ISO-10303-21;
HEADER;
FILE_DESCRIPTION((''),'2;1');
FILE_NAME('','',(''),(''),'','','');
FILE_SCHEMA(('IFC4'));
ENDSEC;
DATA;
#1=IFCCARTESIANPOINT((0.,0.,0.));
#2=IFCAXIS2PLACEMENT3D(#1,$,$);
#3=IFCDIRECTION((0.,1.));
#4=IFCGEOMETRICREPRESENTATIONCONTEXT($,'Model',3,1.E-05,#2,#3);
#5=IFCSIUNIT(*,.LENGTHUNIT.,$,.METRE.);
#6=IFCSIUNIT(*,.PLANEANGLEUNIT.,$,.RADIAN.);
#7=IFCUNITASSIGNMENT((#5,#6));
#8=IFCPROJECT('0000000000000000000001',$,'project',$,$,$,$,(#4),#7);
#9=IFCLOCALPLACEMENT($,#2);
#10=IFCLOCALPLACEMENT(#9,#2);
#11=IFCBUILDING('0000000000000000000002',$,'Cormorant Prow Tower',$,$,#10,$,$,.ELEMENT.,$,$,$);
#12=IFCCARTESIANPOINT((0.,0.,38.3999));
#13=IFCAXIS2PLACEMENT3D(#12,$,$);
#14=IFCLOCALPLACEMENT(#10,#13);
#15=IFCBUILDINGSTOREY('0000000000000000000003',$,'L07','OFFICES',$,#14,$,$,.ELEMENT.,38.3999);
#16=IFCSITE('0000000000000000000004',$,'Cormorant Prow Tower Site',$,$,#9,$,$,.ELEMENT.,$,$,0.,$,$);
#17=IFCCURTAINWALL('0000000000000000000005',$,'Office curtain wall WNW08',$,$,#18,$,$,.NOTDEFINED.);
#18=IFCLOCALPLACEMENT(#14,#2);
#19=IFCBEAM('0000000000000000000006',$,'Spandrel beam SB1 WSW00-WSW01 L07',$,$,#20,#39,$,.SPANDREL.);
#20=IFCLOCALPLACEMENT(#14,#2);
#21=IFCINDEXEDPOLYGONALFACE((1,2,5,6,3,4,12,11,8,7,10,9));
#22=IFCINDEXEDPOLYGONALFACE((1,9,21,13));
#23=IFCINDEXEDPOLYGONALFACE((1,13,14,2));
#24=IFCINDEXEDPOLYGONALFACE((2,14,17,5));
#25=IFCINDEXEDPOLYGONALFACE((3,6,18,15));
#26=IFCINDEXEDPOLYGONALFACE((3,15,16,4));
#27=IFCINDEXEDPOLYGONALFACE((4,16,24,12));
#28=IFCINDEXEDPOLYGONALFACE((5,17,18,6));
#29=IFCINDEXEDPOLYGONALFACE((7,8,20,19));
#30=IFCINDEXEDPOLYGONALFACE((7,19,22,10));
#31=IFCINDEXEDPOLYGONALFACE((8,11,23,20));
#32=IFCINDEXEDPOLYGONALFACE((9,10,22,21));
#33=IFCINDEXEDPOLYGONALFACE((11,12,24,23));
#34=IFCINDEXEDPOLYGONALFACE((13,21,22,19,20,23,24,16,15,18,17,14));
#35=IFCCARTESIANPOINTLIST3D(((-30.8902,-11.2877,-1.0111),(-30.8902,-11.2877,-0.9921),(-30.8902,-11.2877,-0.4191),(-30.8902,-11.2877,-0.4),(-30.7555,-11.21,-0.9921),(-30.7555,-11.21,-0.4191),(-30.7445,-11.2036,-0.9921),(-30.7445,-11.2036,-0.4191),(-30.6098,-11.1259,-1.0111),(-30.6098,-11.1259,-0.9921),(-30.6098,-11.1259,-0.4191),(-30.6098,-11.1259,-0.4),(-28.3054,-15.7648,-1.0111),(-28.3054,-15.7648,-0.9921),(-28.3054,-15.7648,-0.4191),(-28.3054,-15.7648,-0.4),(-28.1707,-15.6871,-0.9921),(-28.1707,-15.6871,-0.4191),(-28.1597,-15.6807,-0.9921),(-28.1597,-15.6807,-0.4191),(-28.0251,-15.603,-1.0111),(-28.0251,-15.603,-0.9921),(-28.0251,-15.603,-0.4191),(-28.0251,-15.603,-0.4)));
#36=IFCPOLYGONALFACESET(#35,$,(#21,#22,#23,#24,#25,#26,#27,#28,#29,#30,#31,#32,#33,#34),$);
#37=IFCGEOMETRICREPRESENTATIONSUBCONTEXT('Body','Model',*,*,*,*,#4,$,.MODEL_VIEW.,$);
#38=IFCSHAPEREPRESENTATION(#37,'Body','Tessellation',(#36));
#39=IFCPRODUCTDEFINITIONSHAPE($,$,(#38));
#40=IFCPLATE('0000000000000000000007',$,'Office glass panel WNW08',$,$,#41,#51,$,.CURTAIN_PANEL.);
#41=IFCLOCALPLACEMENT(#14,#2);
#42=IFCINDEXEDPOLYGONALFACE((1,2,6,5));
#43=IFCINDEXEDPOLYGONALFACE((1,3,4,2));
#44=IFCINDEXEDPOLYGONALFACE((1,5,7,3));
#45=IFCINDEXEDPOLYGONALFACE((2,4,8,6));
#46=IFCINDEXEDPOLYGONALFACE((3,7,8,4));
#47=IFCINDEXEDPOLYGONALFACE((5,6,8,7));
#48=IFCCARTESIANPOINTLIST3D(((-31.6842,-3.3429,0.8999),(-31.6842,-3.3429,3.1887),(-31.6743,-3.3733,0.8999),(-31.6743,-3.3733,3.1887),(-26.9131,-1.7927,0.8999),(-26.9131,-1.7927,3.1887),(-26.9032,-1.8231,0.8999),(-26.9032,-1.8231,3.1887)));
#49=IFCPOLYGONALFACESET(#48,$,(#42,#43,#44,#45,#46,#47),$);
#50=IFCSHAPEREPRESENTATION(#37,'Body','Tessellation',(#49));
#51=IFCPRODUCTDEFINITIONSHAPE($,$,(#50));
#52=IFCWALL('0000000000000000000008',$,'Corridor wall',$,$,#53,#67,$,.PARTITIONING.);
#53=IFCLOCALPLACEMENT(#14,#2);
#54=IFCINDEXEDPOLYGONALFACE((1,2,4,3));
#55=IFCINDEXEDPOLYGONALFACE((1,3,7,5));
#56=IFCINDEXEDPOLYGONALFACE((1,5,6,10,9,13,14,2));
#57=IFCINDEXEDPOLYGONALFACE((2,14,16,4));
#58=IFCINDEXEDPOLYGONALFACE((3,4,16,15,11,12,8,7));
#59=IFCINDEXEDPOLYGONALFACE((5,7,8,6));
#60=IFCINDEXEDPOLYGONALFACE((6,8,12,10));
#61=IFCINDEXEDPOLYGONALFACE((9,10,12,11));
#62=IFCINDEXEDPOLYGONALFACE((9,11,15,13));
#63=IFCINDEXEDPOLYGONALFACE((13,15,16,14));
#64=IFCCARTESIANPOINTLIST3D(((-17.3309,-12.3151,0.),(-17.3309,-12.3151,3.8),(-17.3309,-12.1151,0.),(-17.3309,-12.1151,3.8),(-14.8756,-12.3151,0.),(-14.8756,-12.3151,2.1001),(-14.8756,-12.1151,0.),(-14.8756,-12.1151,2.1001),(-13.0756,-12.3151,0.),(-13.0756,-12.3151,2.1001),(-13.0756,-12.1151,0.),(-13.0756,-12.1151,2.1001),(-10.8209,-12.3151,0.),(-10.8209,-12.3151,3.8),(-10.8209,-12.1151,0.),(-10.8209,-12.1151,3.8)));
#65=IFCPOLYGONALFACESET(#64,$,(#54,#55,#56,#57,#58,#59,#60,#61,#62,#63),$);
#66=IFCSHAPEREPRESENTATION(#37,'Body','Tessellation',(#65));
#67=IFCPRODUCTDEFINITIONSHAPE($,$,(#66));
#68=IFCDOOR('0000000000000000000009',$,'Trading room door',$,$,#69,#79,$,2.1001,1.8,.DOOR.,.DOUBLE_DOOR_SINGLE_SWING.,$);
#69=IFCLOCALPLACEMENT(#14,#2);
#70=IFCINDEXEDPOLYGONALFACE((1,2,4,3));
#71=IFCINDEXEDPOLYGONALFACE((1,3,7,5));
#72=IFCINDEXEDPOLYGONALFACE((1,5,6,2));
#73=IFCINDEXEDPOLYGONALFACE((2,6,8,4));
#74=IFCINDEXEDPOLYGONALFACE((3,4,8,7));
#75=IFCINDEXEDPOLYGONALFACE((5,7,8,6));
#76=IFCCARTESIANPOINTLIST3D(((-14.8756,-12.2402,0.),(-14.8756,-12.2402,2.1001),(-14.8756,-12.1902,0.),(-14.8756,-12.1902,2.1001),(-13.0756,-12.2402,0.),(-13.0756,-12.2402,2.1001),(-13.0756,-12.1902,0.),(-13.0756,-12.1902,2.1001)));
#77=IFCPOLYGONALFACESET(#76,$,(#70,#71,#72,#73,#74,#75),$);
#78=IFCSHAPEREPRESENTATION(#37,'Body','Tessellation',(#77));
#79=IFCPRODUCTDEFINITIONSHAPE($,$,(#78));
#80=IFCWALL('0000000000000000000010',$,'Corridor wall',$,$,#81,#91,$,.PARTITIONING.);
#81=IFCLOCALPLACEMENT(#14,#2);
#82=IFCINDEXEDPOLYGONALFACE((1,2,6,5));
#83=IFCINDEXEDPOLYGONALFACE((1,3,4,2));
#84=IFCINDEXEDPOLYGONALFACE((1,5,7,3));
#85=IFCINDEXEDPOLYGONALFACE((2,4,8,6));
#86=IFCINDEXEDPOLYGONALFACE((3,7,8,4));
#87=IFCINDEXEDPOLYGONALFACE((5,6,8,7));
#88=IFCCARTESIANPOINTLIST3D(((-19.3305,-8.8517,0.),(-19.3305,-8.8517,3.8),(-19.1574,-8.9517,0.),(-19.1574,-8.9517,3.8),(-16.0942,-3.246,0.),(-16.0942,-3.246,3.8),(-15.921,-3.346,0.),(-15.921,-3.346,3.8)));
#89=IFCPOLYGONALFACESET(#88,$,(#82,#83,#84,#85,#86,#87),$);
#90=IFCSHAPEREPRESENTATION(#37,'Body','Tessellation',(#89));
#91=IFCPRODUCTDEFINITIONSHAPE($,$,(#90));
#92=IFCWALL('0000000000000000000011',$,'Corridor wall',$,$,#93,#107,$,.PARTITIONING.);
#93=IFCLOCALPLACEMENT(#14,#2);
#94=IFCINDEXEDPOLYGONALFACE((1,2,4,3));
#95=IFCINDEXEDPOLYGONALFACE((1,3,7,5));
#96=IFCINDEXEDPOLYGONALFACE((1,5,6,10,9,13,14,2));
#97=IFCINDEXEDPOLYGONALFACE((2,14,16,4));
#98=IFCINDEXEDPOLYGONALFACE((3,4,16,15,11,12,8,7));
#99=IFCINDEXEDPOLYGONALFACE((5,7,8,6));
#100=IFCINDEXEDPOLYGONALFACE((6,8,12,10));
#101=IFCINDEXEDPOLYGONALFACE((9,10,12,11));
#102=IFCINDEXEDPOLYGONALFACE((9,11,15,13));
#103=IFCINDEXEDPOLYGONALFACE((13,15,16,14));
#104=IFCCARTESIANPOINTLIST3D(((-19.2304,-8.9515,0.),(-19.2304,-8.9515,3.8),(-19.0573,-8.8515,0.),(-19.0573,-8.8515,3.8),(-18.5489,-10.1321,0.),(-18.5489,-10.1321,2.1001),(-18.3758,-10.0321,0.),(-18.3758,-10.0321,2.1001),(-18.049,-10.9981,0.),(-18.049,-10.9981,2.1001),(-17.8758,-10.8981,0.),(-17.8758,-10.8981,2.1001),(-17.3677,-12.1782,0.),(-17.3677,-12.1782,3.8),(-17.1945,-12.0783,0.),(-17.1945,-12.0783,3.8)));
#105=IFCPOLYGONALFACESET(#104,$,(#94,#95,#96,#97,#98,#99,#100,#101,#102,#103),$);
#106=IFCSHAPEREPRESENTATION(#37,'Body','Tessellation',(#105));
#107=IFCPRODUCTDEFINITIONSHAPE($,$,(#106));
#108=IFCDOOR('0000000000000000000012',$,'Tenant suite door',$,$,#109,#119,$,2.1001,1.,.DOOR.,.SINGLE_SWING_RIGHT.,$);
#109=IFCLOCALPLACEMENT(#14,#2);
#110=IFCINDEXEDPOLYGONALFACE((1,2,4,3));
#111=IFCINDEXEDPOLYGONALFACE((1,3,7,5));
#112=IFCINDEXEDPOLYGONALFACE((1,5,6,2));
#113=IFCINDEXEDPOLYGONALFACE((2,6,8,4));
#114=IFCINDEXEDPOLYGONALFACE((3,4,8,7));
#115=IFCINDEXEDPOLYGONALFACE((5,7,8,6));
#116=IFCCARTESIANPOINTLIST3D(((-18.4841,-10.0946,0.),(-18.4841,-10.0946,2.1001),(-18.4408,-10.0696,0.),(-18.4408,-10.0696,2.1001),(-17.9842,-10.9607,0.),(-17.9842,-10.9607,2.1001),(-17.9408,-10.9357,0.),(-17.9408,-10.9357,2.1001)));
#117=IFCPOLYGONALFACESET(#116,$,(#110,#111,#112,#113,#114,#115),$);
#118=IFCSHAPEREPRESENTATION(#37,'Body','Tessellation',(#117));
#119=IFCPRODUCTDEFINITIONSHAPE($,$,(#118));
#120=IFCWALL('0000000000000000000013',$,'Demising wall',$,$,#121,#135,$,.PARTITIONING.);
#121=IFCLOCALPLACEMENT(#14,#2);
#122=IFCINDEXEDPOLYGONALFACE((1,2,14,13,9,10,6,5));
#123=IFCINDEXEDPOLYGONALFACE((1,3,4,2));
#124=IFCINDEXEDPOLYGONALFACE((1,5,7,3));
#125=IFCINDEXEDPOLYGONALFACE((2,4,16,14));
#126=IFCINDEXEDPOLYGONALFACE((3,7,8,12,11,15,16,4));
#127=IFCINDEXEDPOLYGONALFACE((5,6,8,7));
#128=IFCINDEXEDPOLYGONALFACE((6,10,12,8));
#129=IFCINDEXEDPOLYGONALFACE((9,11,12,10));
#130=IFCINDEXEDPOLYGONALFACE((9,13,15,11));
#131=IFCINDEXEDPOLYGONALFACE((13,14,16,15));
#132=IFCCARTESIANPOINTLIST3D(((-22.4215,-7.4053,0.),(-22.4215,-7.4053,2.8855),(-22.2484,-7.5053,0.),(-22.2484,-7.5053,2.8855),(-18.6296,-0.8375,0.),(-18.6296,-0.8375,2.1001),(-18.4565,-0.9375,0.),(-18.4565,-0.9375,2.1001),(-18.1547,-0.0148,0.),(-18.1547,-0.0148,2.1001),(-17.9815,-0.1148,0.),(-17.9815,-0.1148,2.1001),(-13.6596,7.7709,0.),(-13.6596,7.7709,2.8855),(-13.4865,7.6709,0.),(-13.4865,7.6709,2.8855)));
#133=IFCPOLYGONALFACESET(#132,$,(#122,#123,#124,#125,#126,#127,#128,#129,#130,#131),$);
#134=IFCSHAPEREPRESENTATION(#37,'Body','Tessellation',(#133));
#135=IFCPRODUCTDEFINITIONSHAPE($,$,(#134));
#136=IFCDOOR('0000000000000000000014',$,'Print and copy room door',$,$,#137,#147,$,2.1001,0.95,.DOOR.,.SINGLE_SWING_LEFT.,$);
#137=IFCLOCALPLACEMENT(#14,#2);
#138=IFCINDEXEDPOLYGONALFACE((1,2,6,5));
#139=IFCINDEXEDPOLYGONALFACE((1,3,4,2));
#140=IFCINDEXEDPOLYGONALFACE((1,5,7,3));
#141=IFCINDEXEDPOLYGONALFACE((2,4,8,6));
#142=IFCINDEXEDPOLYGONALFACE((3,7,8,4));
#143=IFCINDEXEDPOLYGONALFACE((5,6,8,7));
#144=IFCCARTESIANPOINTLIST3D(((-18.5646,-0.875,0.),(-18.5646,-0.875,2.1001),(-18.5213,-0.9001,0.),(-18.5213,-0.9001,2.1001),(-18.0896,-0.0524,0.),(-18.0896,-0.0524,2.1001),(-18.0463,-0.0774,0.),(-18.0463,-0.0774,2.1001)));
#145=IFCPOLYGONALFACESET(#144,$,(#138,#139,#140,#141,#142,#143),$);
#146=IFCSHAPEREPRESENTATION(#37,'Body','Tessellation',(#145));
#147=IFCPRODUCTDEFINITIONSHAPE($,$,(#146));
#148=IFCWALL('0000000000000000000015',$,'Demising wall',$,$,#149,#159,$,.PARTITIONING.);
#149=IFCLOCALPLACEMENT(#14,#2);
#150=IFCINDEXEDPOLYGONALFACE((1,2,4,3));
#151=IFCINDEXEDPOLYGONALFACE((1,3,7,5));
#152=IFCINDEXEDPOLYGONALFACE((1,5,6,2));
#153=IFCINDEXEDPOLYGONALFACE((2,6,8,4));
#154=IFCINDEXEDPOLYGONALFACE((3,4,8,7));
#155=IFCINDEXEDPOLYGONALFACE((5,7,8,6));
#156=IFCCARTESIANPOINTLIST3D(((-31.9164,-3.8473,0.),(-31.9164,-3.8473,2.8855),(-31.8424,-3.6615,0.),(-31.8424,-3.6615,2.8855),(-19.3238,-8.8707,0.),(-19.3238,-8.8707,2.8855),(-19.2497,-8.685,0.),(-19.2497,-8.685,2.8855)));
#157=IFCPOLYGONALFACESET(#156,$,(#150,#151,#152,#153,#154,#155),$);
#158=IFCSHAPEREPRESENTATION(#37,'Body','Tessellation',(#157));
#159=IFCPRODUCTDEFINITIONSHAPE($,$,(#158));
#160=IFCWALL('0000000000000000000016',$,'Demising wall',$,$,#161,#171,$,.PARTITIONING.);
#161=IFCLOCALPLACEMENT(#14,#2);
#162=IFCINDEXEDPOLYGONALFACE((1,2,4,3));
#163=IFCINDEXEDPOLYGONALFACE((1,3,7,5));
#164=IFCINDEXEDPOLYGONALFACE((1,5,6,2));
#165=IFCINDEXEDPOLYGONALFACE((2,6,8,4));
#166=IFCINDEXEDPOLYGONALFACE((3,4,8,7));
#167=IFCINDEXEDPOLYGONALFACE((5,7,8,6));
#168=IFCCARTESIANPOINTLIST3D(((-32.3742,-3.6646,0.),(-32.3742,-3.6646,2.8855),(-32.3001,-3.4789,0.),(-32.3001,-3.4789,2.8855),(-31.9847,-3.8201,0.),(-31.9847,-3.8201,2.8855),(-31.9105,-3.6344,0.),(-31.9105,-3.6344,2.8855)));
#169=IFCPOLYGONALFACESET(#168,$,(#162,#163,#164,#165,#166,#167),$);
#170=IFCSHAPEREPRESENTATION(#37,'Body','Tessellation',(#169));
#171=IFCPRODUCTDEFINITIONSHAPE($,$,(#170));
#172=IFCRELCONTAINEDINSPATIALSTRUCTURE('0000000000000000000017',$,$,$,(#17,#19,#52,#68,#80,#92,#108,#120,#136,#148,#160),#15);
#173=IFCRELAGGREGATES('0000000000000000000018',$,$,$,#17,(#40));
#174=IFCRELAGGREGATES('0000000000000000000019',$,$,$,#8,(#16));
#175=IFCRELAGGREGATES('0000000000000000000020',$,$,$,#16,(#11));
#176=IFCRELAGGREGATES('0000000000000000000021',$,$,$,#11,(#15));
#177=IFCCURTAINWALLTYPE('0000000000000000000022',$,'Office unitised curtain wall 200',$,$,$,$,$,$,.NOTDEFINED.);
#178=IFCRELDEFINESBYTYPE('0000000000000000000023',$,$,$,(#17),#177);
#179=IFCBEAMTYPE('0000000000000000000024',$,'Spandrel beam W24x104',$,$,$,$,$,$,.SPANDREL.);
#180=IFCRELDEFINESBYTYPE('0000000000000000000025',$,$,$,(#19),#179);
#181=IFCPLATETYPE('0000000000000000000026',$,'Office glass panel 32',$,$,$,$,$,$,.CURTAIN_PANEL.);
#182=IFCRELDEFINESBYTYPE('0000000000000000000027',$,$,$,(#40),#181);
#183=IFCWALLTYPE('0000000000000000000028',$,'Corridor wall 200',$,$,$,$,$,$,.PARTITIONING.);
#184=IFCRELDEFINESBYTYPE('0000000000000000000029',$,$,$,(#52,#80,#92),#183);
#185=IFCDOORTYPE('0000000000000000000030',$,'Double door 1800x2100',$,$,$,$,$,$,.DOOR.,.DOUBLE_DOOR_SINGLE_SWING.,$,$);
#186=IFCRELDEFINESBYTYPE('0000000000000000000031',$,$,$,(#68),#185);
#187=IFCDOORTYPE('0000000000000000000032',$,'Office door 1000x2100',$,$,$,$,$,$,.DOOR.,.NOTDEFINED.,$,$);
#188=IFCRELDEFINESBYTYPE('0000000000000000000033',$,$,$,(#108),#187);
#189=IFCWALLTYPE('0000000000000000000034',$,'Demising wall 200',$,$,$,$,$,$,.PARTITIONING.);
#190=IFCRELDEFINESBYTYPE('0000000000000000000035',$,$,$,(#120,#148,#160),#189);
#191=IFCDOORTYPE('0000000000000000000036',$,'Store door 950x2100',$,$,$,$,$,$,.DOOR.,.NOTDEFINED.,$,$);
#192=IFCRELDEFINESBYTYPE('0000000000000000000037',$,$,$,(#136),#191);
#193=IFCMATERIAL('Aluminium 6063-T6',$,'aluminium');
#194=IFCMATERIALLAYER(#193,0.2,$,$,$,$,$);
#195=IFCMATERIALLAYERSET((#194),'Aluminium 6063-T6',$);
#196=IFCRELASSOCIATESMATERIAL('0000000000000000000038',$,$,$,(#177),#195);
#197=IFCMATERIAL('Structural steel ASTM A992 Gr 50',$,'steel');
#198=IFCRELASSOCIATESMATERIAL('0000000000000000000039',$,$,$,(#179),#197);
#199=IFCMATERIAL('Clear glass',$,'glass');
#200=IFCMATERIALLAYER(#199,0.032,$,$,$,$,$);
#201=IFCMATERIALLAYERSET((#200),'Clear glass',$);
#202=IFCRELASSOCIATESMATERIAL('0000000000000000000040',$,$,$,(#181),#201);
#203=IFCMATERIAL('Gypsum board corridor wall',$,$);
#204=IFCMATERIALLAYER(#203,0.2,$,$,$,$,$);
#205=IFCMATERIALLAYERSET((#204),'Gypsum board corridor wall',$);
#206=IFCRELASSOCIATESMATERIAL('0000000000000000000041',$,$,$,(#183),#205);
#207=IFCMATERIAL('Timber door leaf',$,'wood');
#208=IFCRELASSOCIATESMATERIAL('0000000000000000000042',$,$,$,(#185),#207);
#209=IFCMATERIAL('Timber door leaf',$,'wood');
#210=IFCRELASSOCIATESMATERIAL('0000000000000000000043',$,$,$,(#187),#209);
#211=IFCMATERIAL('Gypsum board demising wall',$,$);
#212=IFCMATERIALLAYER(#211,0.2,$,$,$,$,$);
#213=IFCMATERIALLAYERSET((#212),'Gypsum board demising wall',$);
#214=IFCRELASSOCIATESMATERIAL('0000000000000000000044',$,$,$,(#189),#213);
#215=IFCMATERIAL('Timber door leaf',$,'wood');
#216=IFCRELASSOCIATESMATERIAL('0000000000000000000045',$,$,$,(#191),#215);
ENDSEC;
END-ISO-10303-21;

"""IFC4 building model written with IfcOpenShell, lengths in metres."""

from ifc_helpers import new_model, si_unit, direction, frame, frame_2d, origin, origin_2d, place, context, subcontext, project, spatial, rectangle, i_section, extrude, material, layer, layer_set, material_profile, profile_set, type_object, element, fill, aggregate, save


model = new_model("IFC4")

# Units and contexts
model_context = context("Model", 3, precision=1e-05, world=origin(), true_north=direction((0.0, 1.0)))
body_context = subcontext(model_context, "Body", "Model", "MODEL_VIEW")
ifc_project = project(units=[si_unit("LENGTHUNIT", "METRE"), si_unit("PLANEANGLEUNIT", "RADIAN")], contexts=[model_context])

# Site, building, storey
site_placement = place(None, origin())
site = spatial("IfcSite", under=ifc_project, at=site_placement, Name="Cormorant Prow Tower Site", CompositionType="ELEMENT", RefElevation=0.0)
building_placement = place(site_placement, origin())
building = spatial("IfcBuilding", under=site, at=building_placement, Name="Cormorant Prow Tower", CompositionType="ELEMENT")
storey_placement = place(building_placement, frame((0.0, 0.0, 38.3999)))
storey = spatial("IfcBuildingStorey", under=building, at=storey_placement, Name="L07", Description="OFFICES", CompositionType="ELEMENT", Elevation=38.3999)

# Curtain wall
ifc_material_1 = material(Name="Aluminium 6063-T6", Category="aluminium")
ifc_layer_1 = layer(ifc_material_1, 0.2)
ifc_layer_set_1 = layer_set([ifc_layer_1], Name="Aluminium 6063-T6")
curtain_wall_type = type_object("IfcCurtainWallType", Name="Office unitised curtain wall 200", PredefinedType="NOTDEFINED", material=ifc_layer_set_1)
curtain_wall_placement = place(storey_placement, origin())
curtain_wall = element("IfcCurtainWall", 1, at=curtain_wall_placement, inside=storey, type_object=curtain_wall_type, Name="Office curtain wall WNW08", PredefinedType="NOTDEFINED")

# Beam
ifc_material_2 = material(Name="Structural steel ASTM A992 Gr 50", Category="steel")
ifc_material_profile_1 = material_profile(ifc_material_2, i_section(OverallWidth=0.3237, OverallDepth=0.6111, WebThickness=0.0127, FlangeThickness=0.019, at=origin_2d()), Name="W24x104")
ifc_profile_set_1 = profile_set([ifc_material_profile_1], Name="Structural steel ASTM A992 Gr 50")
beam_type_1 = type_object("IfcBeamType", Name="Spandrel beam W24x104", PredefinedType="SPANDREL", material=ifc_profile_set_1)
beam_1_placement = place(storey_placement, frame((-30.75, -11.2068, -0.7056), z_axis=(0.499984, -0.866035, 0.0), x_axis=(0.866035, 0.499984, 0.0)))
element("IfcBeam", 2, at=beam_1_placement, inside=storey, type_object=beam_type_1, Name="Spandrel beam SB1 WSW00-WSW01 L07", PredefinedType="SPANDREL", context=body_context, shape_type="SweptSolid", body=[
    extrude(i_section(OverallWidth=0.3237, OverallDepth=0.6111, WebThickness=0.0127, FlangeThickness=0.019, at=origin_2d()), origin(), (0.0, 0.0, 1.0), 5.1697),
])

# Plate
ifc_material_3 = material(Name="Clear glass", Category="glass")
ifc_layer_2 = layer(ifc_material_3, 0.032)
ifc_layer_set_2 = layer_set([ifc_layer_2], Name="Clear glass")
plate_type = type_object("IfcPlateType", Name="Office glass panel 32", PredefinedType="CURTAIN_PANEL", material=ifc_layer_set_2)
plate_placement = place(storey_placement, frame((-29.2937, -2.583, 0.8999), z_axis=(0.0, 0.0, 1.0), x_axis=(-0.951057, -0.309017, 0.0)))
plate = element("IfcPlate", 3, at=plate_placement, type_object=plate_type, Name="Office glass panel WNW08", PredefinedType="CURTAIN_PANEL", context=body_context, shape_type="SweptSolid", body=[
    extrude(rectangle(XDim=5.0166, YDim=0.032, at=origin_2d()), origin(), (0.0, 0.0, 1.0), 2.2888),
])
aggregate(curtain_wall, [plate])

# Wall, opening, door
ifc_material_4 = material(Name="Gypsum board corridor wall")
ifc_layer_3 = layer(ifc_material_4, 0.2)
ifc_layer_set_3 = layer_set([ifc_layer_3], Name="Gypsum board corridor wall")
wall_type_1 = type_object("IfcWallType", Name="Corridor wall 200", PredefinedType="PARTITIONING", material=ifc_layer_set_3)
wall_1_placement = place(storey_placement, frame((-17.3308, -12.2151, 0.0), z_axis=(0.0, 0.0, 1.0), x_axis=(1.0, 0.0, 0.0)))
wall_1 = element("IfcWall", 4, at=wall_1_placement, inside=storey, type_object=wall_type_1, Name="Corridor wall", PredefinedType="PARTITIONING", context=body_context, shape_type="SweptSolid", body=[
    extrude(rectangle(XDim=6.51, YDim=0.2, at=frame_2d((3.2549, 0.0))), origin(), (0.0, 0.0, 1.0), 3.8),
])
opening_1_placement = place(wall_1_placement, frame((2.4553, 0.0, 0.0)))
opening_1 = element("IfcOpeningElement", 5, at=opening_1_placement, cuts=wall_1, PredefinedType="OPENING", context=body_context, shape_type="SweptSolid", body=[
    extrude(rectangle(XDim=1.8, YDim=2.1001, at=frame_2d((0.8999, 1.05))), frame((0.0, 0.1099, 0.0), z_axis=(0.0, -1.0, 0.0), x_axis=(1.0, 0.0, 0.0)), (0.0, 0.0, 1.0), 0.22),
])
ifc_material_5 = material(Name="Timber door leaf", Category="wood")
door_type_1 = type_object("IfcDoorType", Name="Double door 1800x2100", OperationType="DOUBLE_DOOR_SINGLE_SWING", PredefinedType="DOOR", material=ifc_material_5)
door_1_placement = place(opening_1_placement, origin())
door_1 = element("IfcDoor", 6, at=door_1_placement, inside=storey, type_object=door_type_1, Name="Trading room door", OperationType="DOUBLE_DOOR_SINGLE_SWING", OverallHeight=2.1001, OverallWidth=1.8, PredefinedType="DOOR", context=body_context, shape_type="SweptSolid", body=[
    extrude(rectangle(XDim=1.8, YDim=2.1001, at=frame_2d((0.8999, 1.05))), frame((0.0, 0.0249, 0.0), z_axis=(0.0, -1.0, 0.0), x_axis=(1.0, 0.0, 0.0)), (0.0, 0.0, 1.0), 0.05),
])
fill(opening_1, door_1)

# Wall
wall_2_placement = place(storey_placement, frame((-19.2439, -8.9016, 0.0), z_axis=(0.0, 0.0, 1.0), x_axis=(0.499985, 0.866034, 0.0)))
element("IfcWall", 7, at=wall_2_placement, inside=storey, type_object=wall_type_1, Name="Corridor wall", PredefinedType="PARTITIONING", context=body_context, shape_type="SweptSolid", body=[
    extrude(rectangle(XDim=6.4729, YDim=0.2, at=frame_2d((3.2363, 0.0))), origin(), (0.0, 0.0, 1.0), 3.8),
])

# Walls, openings, doors
wall_3_placement = place(storey_placement, frame((-19.1438, -8.9016, 0.0), z_axis=(0.0, 0.0, 1.0), x_axis=(0.499959, -0.866049, 0.0)))
wall_3 = element("IfcWall", 8, at=wall_3_placement, inside=storey, type_object=wall_type_1, Name="Corridor wall", PredefinedType="PARTITIONING", context=body_context, shape_type="SweptSolid", body=[
    extrude(rectangle(XDim=3.7258, YDim=0.2, at=frame_2d((1.8628, 0.0))), origin(), (0.0, 0.0, 1.0), 3.8),
])
opening_2_placement = place(wall_3_placement, frame((1.363, 0.0, 0.0)))
opening_2 = element("IfcOpeningElement", 9, at=opening_2_placement, cuts=wall_3, PredefinedType="OPENING", context=body_context, shape_type="SweptSolid", body=[
    extrude(rectangle(XDim=1.0, YDim=2.1001, at=frame_2d((0.5, 1.05))), frame((0.0, 0.1099, 0.0), z_axis=(0.0, -1.0, 0.0), x_axis=(1.0, 0.0, 0.0)), (0.0, 0.0, 1.0), 0.22),
])
ifc_material_6 = material(Name="Timber door leaf", Category="wood")
door_type_2 = type_object("IfcDoorType", Name="Office door 1000x2100", OperationType="NOTDEFINED", PredefinedType="DOOR", material=ifc_material_6)
door_2_placement = place(opening_2_placement, origin())
door_2 = element("IfcDoor", 10, at=door_2_placement, inside=storey, type_object=door_type_2, Name="Tenant suite door", OperationType="SINGLE_SWING_RIGHT", OverallHeight=2.1001, OverallWidth=1.0, PredefinedType="DOOR", context=body_context, shape_type="SweptSolid", body=[
    extrude(rectangle(XDim=1.0, YDim=2.1001, at=frame_2d((0.5, 1.05))), frame((0.0, 0.0249, 0.0), z_axis=(0.0, -1.0, 0.0), x_axis=(1.0, 0.0, 0.0)), (0.0, 0.0, 1.0), 0.05),
])
fill(opening_2, door_2)
ifc_material_7 = material(Name="Gypsum board demising wall")
ifc_layer_4 = layer(ifc_material_7, 0.2)
ifc_layer_set_4 = layer_set([ifc_layer_4], Name="Gypsum board demising wall")
wall_type_2 = type_object("IfcWallType", Name="Demising wall 200", PredefinedType="PARTITIONING", material=ifc_layer_set_4)
wall_4_placement = place(storey_placement, frame((-22.335, -7.4553, 0.0), z_axis=(0.0, 0.0, 1.0), x_axis=(0.499997, 0.866027, 0.0)))
wall_4 = element("IfcWall", 11, at=wall_4_placement, inside=storey, type_object=wall_type_2, Name="Demising wall", PredefinedType="PARTITIONING", context=body_context, shape_type="SweptSolid", body=[
    extrude(rectangle(XDim=17.5239, YDim=0.2, at=frame_2d((8.762, 0.0))), origin(), (0.0, 0.0, 1.0), 2.8855),
])
opening_3_placement = place(wall_4_placement, frame((7.5837, 0.0, 0.0)))
opening_3 = element("IfcOpeningElement", 12, at=opening_3_placement, cuts=wall_4, PredefinedType="OPENING", context=body_context, shape_type="SweptSolid", body=[
    extrude(rectangle(XDim=0.95, YDim=2.1001, at=frame_2d((0.4751, 1.05))), frame((0.0, 0.1099, 0.0), z_axis=(0.0, -1.0, 0.0), x_axis=(1.0, 0.0, 0.0)), (0.0, 0.0, 1.0), 0.22),
])
ifc_material_8 = material(Name="Timber door leaf", Category="wood")
door_type_3 = type_object("IfcDoorType", Name="Store door 950x2100", OperationType="NOTDEFINED", PredefinedType="DOOR", material=ifc_material_8)
door_3_placement = place(opening_3_placement, origin())
door_3 = element("IfcDoor", 13, at=door_3_placement, inside=storey, type_object=door_type_3, Name="Print and copy room door", OperationType="SINGLE_SWING_LEFT", OverallHeight=2.1001, OverallWidth=0.95, PredefinedType="DOOR", context=body_context, shape_type="SweptSolid", body=[
    extrude(rectangle(XDim=0.95, YDim=2.1001, at=frame_2d((0.4751, 1.05))), frame((0.0, 0.0249, 0.0), z_axis=(0.0, -1.0, 0.0), x_axis=(1.0, 0.0, 0.0)), (0.0, 0.0, 1.0), 0.05),
])
fill(opening_3, door_3)

# Walls
wall_5_placement = place(storey_placement, frame((-31.8794, -3.7544, 0.0), z_axis=(0.0, 0.0, 1.0), x_axis=(0.928822, -0.370527, 0.0)))
element("IfcWall", 14, at=wall_5_placement, inside=storey, type_object=wall_type_2, Name="Demising wall", PredefinedType="PARTITIONING", context=body_context, shape_type="SweptSolid", body=[
    extrude(rectangle(XDim=13.5576, YDim=0.2, at=frame_2d((6.7788, 0.0))), origin(), (0.0, 0.0, 1.0), 2.8855),
])
wall_6_placement = place(storey_placement, frame((-32.3372, -3.5718, 0.0), z_axis=(0.0, 0.0, 1.0), x_axis=(0.928757, -0.370688, 0.0)))
element("IfcWall", 15, at=wall_6_placement, inside=storey, type_object=wall_type_2, Name="Demising wall", PredefinedType="PARTITIONING", context=body_context, shape_type="SweptSolid", body=[
    extrude(rectangle(XDim=0.4194, YDim=0.2, at=frame_2d((0.2097, 0.0))), origin(), (0.0, 0.0, 1.0), 2.8855),
])

save(model, "model.ifc")
